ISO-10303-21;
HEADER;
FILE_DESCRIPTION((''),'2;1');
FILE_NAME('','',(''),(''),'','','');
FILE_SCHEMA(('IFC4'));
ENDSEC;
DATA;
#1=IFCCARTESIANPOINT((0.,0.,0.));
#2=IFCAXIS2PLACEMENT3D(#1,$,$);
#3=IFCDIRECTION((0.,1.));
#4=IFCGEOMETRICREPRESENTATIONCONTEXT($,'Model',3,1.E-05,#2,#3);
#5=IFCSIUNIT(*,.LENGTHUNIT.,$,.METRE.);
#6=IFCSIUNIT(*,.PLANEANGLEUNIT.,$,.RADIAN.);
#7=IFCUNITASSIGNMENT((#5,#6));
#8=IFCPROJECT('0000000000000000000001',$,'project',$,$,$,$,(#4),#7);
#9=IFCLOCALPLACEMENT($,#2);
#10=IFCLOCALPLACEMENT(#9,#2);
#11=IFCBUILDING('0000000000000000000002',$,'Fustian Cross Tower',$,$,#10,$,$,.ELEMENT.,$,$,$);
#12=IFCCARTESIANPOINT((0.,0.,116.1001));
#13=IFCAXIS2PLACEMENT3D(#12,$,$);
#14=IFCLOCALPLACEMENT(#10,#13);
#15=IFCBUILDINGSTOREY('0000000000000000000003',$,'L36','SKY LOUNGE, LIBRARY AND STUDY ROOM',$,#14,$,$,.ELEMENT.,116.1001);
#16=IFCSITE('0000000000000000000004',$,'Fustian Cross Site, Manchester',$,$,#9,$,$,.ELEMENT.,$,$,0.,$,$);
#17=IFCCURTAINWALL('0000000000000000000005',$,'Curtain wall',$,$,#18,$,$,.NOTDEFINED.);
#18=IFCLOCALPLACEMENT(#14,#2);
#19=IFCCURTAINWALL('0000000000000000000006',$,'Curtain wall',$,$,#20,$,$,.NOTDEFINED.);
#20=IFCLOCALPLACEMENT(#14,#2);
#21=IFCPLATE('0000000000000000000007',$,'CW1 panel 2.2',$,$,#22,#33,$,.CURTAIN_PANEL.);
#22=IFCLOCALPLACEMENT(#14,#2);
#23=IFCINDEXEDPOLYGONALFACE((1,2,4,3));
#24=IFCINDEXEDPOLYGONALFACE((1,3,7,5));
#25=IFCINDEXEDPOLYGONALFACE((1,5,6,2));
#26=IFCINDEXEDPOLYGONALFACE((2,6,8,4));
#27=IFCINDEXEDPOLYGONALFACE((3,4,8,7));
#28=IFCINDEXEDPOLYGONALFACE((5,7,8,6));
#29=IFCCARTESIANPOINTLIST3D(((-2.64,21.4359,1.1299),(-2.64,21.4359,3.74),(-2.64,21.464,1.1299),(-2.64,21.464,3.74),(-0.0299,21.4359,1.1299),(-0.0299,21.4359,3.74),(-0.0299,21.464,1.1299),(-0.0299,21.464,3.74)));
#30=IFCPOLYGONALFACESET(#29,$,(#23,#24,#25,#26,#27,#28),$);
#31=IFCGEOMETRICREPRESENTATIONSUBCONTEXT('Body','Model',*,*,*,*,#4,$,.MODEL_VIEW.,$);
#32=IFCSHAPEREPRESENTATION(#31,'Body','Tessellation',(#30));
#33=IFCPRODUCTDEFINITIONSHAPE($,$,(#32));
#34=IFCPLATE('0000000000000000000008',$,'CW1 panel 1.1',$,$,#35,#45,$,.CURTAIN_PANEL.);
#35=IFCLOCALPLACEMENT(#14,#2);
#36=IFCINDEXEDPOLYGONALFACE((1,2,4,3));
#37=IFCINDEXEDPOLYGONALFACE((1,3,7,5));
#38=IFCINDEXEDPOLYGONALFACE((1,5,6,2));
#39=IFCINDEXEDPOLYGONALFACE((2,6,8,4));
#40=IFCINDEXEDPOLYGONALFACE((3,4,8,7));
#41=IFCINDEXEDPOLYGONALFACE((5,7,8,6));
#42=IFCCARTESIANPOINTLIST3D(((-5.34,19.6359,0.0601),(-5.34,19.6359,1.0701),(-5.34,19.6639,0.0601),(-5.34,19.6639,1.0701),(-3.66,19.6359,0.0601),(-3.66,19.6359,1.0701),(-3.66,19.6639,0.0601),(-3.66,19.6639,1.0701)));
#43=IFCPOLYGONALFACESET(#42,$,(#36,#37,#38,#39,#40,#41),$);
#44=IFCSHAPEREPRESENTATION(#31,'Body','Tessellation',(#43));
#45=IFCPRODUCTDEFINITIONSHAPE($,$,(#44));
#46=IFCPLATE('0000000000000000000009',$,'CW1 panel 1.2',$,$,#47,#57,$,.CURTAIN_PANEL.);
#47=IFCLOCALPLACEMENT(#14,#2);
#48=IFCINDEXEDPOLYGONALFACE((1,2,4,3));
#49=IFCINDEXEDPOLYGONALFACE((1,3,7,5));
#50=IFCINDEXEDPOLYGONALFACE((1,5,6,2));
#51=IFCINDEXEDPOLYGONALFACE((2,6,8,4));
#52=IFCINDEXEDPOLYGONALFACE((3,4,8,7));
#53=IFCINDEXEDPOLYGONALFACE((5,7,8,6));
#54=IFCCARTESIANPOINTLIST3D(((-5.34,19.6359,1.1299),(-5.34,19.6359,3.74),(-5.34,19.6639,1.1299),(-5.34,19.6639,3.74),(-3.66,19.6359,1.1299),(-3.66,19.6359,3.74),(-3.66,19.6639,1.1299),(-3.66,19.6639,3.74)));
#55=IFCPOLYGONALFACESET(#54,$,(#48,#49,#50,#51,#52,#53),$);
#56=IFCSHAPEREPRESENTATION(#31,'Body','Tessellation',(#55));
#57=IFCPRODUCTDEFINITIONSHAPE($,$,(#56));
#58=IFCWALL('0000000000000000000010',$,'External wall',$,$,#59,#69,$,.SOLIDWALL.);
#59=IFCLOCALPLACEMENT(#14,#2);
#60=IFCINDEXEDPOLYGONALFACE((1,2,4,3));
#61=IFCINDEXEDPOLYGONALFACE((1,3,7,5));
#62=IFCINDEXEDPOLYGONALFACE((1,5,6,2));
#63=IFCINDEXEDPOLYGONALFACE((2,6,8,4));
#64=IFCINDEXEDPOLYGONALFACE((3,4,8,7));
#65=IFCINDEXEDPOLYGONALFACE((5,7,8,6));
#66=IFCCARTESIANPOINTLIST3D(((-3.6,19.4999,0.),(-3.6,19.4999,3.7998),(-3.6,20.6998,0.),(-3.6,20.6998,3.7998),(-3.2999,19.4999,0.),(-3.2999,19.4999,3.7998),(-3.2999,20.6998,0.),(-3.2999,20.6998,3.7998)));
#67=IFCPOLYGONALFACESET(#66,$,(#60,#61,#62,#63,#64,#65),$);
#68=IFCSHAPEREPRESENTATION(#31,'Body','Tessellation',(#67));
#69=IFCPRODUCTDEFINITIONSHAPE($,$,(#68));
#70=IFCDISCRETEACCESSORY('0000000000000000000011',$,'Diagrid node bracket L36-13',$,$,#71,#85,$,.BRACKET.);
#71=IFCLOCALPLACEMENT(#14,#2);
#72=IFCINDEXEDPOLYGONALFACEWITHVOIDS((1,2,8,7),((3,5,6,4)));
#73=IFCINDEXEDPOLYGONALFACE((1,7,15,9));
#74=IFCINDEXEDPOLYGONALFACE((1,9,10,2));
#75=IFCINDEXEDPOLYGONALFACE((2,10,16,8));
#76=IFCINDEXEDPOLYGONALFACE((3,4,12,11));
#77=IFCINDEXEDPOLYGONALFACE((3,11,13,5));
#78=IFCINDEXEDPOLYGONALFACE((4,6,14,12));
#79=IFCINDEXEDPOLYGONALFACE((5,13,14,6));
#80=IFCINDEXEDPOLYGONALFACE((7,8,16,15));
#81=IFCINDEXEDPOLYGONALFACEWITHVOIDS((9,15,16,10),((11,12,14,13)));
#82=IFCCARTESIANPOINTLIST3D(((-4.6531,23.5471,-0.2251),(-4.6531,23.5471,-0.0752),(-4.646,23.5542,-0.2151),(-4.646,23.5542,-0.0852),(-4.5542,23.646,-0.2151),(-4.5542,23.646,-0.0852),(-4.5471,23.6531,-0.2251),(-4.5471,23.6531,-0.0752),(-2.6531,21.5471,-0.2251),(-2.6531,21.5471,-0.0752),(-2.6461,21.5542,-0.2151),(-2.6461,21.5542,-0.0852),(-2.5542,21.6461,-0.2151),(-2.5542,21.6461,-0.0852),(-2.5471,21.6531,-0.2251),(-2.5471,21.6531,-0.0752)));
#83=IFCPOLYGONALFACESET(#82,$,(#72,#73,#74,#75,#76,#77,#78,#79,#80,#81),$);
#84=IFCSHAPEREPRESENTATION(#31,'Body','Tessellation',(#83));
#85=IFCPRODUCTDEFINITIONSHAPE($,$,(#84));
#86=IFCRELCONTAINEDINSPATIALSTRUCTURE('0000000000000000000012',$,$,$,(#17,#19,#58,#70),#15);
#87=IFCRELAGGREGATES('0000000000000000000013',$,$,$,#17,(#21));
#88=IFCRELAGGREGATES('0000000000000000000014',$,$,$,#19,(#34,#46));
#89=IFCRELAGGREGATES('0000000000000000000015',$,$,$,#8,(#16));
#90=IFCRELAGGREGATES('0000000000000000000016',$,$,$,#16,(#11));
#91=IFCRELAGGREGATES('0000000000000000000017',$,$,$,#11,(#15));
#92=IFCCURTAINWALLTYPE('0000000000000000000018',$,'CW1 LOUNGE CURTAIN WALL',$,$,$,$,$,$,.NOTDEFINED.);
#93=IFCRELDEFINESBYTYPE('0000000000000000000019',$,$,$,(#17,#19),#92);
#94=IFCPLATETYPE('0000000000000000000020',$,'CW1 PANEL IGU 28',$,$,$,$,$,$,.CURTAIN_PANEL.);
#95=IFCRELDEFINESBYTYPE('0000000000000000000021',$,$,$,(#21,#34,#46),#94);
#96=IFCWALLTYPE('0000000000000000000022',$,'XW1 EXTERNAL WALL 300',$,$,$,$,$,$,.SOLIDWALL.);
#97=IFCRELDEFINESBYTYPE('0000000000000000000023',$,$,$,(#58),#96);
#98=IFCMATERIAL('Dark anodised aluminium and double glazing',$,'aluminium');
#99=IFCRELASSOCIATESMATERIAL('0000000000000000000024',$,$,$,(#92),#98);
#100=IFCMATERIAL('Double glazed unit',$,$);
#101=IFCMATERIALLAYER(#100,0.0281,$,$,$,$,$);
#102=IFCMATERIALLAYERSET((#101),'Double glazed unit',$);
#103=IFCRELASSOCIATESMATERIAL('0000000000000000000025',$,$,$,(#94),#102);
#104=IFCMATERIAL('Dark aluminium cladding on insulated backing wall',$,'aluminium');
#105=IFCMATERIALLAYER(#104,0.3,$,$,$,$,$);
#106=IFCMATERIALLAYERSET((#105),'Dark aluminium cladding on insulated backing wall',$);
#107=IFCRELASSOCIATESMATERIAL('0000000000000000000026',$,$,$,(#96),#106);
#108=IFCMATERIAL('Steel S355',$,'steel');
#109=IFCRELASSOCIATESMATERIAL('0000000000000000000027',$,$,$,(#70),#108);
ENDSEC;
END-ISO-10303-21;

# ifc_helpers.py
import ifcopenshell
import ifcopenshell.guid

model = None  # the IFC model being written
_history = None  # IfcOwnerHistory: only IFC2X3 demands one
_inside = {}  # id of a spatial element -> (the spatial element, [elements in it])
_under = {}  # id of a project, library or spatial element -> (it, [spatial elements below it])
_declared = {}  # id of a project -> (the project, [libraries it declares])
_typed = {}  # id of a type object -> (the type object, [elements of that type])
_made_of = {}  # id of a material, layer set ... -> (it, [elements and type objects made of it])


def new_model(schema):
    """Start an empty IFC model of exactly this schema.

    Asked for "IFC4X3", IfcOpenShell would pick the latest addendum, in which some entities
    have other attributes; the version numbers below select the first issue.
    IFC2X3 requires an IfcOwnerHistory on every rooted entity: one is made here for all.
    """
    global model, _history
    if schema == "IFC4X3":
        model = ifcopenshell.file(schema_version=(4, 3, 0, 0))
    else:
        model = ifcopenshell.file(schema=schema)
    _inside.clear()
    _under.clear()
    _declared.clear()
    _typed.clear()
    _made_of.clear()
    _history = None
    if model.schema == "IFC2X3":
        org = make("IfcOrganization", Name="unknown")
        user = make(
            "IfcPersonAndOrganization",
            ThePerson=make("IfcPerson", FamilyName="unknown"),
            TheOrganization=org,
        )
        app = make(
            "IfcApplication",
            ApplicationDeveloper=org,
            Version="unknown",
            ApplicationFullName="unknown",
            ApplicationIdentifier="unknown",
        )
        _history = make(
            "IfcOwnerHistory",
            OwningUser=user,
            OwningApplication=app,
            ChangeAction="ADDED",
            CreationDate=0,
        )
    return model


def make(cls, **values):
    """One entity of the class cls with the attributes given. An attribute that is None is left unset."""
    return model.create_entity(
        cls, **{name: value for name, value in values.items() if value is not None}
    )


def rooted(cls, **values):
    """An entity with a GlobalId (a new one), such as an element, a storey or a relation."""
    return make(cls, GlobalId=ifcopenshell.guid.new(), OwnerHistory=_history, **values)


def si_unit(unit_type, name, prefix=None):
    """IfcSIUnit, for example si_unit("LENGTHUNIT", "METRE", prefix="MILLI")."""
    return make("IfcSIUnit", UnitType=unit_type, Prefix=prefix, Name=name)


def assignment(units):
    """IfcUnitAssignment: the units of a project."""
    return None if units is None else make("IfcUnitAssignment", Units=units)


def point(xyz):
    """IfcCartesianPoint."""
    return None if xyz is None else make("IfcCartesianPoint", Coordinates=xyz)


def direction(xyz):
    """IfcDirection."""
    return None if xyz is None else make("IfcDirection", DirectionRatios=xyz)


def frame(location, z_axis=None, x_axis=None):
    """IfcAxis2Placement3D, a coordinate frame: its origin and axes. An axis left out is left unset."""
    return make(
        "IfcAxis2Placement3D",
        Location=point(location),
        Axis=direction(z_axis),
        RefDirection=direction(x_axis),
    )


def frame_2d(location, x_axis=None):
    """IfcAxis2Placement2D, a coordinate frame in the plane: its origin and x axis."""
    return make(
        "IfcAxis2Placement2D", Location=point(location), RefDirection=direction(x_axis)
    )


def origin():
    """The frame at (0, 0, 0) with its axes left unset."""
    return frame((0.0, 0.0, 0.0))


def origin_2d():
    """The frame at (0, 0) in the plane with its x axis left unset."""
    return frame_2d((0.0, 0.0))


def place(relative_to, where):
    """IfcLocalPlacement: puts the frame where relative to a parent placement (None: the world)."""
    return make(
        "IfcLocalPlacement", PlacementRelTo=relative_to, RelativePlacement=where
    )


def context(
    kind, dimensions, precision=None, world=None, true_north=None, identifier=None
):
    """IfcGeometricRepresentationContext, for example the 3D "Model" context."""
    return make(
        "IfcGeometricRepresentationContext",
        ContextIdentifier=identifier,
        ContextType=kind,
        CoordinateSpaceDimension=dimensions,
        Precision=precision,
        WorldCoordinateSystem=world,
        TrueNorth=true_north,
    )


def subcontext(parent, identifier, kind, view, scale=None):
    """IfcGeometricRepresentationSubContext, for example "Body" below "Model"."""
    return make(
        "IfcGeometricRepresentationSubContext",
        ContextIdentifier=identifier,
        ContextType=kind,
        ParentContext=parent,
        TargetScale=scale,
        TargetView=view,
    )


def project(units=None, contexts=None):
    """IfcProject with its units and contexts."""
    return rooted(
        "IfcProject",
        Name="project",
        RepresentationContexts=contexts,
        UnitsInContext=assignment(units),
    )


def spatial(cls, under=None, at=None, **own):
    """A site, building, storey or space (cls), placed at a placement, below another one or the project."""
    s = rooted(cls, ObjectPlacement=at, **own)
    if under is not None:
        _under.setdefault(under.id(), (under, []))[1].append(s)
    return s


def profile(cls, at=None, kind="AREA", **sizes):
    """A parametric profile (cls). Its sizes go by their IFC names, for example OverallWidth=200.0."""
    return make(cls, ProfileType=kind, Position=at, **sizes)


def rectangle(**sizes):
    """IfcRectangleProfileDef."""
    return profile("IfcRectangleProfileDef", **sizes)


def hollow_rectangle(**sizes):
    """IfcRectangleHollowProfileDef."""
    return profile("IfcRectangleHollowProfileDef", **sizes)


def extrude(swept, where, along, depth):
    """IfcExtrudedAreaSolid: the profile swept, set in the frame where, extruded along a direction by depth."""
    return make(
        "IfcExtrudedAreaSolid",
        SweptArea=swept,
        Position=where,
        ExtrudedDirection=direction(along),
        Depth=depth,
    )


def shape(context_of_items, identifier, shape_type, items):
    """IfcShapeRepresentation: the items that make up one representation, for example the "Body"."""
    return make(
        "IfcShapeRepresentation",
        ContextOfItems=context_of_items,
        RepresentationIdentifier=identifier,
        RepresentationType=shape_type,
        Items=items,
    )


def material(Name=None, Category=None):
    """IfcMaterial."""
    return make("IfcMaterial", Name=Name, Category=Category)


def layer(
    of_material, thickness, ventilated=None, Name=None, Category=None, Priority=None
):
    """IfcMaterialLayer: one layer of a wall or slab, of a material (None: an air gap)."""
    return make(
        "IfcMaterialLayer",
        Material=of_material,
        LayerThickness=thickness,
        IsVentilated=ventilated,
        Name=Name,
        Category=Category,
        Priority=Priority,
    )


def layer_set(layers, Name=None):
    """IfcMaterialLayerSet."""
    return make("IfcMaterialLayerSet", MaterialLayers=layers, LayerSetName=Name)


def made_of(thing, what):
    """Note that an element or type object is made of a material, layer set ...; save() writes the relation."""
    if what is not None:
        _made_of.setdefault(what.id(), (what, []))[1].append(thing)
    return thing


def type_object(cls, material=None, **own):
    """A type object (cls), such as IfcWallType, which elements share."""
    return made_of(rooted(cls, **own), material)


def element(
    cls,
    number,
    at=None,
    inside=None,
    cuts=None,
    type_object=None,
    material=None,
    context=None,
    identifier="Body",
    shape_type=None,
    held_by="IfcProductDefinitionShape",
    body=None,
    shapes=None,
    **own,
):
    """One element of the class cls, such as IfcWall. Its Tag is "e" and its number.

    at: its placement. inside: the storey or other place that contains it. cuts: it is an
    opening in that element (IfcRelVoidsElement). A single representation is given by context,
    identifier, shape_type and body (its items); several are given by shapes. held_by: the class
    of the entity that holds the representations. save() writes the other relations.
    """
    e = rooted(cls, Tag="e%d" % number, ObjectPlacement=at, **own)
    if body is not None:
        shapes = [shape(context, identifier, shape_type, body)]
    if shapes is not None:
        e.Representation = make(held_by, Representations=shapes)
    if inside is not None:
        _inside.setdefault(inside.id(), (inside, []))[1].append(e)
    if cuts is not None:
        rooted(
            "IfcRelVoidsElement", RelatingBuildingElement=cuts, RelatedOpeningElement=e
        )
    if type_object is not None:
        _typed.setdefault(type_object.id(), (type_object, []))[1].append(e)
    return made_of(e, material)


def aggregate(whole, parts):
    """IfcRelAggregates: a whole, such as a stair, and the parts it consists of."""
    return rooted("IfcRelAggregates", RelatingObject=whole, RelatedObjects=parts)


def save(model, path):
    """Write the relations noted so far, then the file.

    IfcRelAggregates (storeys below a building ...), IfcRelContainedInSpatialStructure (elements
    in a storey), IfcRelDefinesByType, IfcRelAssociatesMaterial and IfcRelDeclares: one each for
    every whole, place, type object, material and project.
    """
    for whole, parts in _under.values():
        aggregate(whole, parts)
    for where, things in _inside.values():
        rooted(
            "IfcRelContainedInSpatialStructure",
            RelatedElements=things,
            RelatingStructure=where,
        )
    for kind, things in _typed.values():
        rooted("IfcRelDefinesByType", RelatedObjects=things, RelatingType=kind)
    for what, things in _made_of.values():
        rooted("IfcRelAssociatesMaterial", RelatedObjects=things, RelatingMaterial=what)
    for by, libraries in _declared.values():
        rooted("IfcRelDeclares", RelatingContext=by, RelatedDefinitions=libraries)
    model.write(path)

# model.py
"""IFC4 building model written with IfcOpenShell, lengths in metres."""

from ifc_helpers import new_model, si_unit, direction, frame, frame_2d, origin, origin_2d, place, context, subcontext, project, spatial, rectangle, hollow_rectangle, extrude, material, layer, layer_set, type_object, element, aggregate, save


model = new_model("IFC4")

# Units and contexts
model_context = context("Model", 3, precision=1e-05, world=origin(), true_north=direction((0.0, 1.0)))
body_context = subcontext(model_context, "Body", "Model", "MODEL_VIEW")
ifc_project = project(units=[si_unit("LENGTHUNIT", "METRE"), si_unit("PLANEANGLEUNIT", "RADIAN")], contexts=[model_context])

# Site, building, storey
site_placement = place(None, origin())
site = spatial("IfcSite", under=ifc_project, at=site_placement, Name="Fustian Cross Site, Manchester", CompositionType="ELEMENT", RefElevation=0.0)
building_placement = place(site_placement, origin())
building = spatial("IfcBuilding", under=site, at=building_placement, Name="Fustian Cross Tower", CompositionType="ELEMENT")
storey_placement = place(building_placement, frame((0.0, 0.0, 116.1001)))
storey = spatial("IfcBuildingStorey", under=building, at=storey_placement, Name="L36", Description="SKY LOUNGE, LIBRARY AND STUDY ROOM", CompositionType="ELEMENT", Elevation=116.1001)

# Curtain wall
ifc_material_1 = material(Name="Dark anodised aluminium and double glazing", Category="aluminium")
curtain_wall_type = type_object("IfcCurtainWallType", Name="CW1 LOUNGE CURTAIN WALL", PredefinedType="NOTDEFINED", material=ifc_material_1)
curtain_wall_1_placement = place(storey_placement, origin())
curtain_wall_1 = element("IfcCurtainWall", 1, at=curtain_wall_1_placement, inside=storey, type_object=curtain_wall_type, Name="Curtain wall", PredefinedType="NOTDEFINED")

# Curtain wall
curtain_wall_2_placement = place(storey_placement, origin())
curtain_wall_2 = element("IfcCurtainWall", 2, at=curtain_wall_2_placement, inside=storey, type_object=curtain_wall_type, Name="Curtain wall", PredefinedType="NOTDEFINED")

# Plates
ifc_material_2 = material(Name="Double glazed unit")
ifc_layer_1 = layer(ifc_material_2, 0.0281)
ifc_layer_set_1 = layer_set([ifc_layer_1], Name="Double glazed unit")
plate_type = type_object("IfcPlateType", Name="CW1 PANEL IGU 28", PredefinedType="CURTAIN_PANEL", material=ifc_layer_set_1)
plate_1_placement = place(storey_placement, frame((-1.335, 21.45, 1.1299), z_axis=(0.0, 0.0, 1.0), x_axis=(-1.0, 0.0, 0.0)))
plate_1 = element("IfcPlate", 3, at=plate_1_placement, type_object=plate_type, Name="CW1 panel 2.2", PredefinedType="CURTAIN_PANEL", context=body_context, shape_type="SweptSolid", body=[
    extrude(rectangle(XDim=2.6101, YDim=0.0281, at=origin_2d()), origin(), (0.0, 0.0, 1.0), 2.6101),
])
aggregate(curtain_wall_1, [plate_1])
plate_2_placement = place(storey_placement, frame((-4.5, 19.6499, 0.0601), z_axis=(0.0, 0.0, 1.0), x_axis=(-1.0, 0.0, 0.0)))
plate_2 = element("IfcPlate", 4, at=plate_2_placement, type_object=plate_type, Name="CW1 panel 1.1", PredefinedType="CURTAIN_PANEL", context=body_context, shape_type="SweptSolid", body=[
    extrude(rectangle(XDim=1.6799, YDim=0.0281, at=origin_2d()), origin(), (0.0, 0.0, 1.0), 1.01),
])
plate_3_placement = place(storey_placement, frame((-4.5, 19.6499, 1.1299), z_axis=(0.0, 0.0, 1.0), x_axis=(-1.0, 0.0, 0.0)))
plate_3 = element("IfcPlate", 5, at=plate_3_placement, type_object=plate_type, Name="CW1 panel 1.2", PredefinedType="CURTAIN_PANEL", context=body_context, shape_type="SweptSolid", body=[
    extrude(rectangle(XDim=1.6799, YDim=0.0281, at=origin_2d()), origin(), (0.0, 0.0, 1.0), 2.6101),
])
aggregate(curtain_wall_2, [plate_2, plate_3])

# Wall
ifc_material_3 = material(Name="Dark aluminium cladding on insulated backing wall", Category="aluminium")
ifc_layer_2 = layer(ifc_material_3, 0.3)
ifc_layer_set_2 = layer_set([ifc_layer_2], Name="Dark aluminium cladding on insulated backing wall")
wall_type = type_object("IfcWallType", Name="XW1 EXTERNAL WALL 300", PredefinedType="SOLIDWALL", material=ifc_layer_set_2)
wall_placement = place(storey_placement, frame((-3.45, 20.7, 0.0), z_axis=(0.0, 0.0, 1.0), x_axis=(0.0, -1.0, 0.0)))
element("IfcWall", 6, at=wall_placement, inside=storey, type_object=wall_type, Name="External wall", PredefinedType="SOLIDWALL", context=body_context, shape_type="SweptSolid", body=[
    extrude(rectangle(XDim=1.2, YDim=0.3, at=frame_2d((0.6001, 0.0))), origin(), (0.0, 0.0, 1.0), 3.7998),
])

# Discrete accessory
ifc_material_4 = material(Name="Steel S355", Category="steel")
discrete_accessory_placement = place(storey_placement, frame((-4.6001, 23.6001, -0.1501), z_axis=(0.707107, -0.707107, 0.0), x_axis=(0.707107, 0.707107, 0.0)))
element("IfcDiscreteAccessory", 7, at=discrete_accessory_placement, inside=storey, material=ifc_material_4, Name="Diagrid node bracket L36-13", PredefinedType="BRACKET", context=body_context, shape_type="SweptSolid", body=[
    extrude(hollow_rectangle(XDim=0.1499, YDim=0.1499, WallThickness=0.01, at=origin_2d()), origin(), (0.0, 0.0, 1.0), 2.8284),
])

save(model, "model.ifc")
